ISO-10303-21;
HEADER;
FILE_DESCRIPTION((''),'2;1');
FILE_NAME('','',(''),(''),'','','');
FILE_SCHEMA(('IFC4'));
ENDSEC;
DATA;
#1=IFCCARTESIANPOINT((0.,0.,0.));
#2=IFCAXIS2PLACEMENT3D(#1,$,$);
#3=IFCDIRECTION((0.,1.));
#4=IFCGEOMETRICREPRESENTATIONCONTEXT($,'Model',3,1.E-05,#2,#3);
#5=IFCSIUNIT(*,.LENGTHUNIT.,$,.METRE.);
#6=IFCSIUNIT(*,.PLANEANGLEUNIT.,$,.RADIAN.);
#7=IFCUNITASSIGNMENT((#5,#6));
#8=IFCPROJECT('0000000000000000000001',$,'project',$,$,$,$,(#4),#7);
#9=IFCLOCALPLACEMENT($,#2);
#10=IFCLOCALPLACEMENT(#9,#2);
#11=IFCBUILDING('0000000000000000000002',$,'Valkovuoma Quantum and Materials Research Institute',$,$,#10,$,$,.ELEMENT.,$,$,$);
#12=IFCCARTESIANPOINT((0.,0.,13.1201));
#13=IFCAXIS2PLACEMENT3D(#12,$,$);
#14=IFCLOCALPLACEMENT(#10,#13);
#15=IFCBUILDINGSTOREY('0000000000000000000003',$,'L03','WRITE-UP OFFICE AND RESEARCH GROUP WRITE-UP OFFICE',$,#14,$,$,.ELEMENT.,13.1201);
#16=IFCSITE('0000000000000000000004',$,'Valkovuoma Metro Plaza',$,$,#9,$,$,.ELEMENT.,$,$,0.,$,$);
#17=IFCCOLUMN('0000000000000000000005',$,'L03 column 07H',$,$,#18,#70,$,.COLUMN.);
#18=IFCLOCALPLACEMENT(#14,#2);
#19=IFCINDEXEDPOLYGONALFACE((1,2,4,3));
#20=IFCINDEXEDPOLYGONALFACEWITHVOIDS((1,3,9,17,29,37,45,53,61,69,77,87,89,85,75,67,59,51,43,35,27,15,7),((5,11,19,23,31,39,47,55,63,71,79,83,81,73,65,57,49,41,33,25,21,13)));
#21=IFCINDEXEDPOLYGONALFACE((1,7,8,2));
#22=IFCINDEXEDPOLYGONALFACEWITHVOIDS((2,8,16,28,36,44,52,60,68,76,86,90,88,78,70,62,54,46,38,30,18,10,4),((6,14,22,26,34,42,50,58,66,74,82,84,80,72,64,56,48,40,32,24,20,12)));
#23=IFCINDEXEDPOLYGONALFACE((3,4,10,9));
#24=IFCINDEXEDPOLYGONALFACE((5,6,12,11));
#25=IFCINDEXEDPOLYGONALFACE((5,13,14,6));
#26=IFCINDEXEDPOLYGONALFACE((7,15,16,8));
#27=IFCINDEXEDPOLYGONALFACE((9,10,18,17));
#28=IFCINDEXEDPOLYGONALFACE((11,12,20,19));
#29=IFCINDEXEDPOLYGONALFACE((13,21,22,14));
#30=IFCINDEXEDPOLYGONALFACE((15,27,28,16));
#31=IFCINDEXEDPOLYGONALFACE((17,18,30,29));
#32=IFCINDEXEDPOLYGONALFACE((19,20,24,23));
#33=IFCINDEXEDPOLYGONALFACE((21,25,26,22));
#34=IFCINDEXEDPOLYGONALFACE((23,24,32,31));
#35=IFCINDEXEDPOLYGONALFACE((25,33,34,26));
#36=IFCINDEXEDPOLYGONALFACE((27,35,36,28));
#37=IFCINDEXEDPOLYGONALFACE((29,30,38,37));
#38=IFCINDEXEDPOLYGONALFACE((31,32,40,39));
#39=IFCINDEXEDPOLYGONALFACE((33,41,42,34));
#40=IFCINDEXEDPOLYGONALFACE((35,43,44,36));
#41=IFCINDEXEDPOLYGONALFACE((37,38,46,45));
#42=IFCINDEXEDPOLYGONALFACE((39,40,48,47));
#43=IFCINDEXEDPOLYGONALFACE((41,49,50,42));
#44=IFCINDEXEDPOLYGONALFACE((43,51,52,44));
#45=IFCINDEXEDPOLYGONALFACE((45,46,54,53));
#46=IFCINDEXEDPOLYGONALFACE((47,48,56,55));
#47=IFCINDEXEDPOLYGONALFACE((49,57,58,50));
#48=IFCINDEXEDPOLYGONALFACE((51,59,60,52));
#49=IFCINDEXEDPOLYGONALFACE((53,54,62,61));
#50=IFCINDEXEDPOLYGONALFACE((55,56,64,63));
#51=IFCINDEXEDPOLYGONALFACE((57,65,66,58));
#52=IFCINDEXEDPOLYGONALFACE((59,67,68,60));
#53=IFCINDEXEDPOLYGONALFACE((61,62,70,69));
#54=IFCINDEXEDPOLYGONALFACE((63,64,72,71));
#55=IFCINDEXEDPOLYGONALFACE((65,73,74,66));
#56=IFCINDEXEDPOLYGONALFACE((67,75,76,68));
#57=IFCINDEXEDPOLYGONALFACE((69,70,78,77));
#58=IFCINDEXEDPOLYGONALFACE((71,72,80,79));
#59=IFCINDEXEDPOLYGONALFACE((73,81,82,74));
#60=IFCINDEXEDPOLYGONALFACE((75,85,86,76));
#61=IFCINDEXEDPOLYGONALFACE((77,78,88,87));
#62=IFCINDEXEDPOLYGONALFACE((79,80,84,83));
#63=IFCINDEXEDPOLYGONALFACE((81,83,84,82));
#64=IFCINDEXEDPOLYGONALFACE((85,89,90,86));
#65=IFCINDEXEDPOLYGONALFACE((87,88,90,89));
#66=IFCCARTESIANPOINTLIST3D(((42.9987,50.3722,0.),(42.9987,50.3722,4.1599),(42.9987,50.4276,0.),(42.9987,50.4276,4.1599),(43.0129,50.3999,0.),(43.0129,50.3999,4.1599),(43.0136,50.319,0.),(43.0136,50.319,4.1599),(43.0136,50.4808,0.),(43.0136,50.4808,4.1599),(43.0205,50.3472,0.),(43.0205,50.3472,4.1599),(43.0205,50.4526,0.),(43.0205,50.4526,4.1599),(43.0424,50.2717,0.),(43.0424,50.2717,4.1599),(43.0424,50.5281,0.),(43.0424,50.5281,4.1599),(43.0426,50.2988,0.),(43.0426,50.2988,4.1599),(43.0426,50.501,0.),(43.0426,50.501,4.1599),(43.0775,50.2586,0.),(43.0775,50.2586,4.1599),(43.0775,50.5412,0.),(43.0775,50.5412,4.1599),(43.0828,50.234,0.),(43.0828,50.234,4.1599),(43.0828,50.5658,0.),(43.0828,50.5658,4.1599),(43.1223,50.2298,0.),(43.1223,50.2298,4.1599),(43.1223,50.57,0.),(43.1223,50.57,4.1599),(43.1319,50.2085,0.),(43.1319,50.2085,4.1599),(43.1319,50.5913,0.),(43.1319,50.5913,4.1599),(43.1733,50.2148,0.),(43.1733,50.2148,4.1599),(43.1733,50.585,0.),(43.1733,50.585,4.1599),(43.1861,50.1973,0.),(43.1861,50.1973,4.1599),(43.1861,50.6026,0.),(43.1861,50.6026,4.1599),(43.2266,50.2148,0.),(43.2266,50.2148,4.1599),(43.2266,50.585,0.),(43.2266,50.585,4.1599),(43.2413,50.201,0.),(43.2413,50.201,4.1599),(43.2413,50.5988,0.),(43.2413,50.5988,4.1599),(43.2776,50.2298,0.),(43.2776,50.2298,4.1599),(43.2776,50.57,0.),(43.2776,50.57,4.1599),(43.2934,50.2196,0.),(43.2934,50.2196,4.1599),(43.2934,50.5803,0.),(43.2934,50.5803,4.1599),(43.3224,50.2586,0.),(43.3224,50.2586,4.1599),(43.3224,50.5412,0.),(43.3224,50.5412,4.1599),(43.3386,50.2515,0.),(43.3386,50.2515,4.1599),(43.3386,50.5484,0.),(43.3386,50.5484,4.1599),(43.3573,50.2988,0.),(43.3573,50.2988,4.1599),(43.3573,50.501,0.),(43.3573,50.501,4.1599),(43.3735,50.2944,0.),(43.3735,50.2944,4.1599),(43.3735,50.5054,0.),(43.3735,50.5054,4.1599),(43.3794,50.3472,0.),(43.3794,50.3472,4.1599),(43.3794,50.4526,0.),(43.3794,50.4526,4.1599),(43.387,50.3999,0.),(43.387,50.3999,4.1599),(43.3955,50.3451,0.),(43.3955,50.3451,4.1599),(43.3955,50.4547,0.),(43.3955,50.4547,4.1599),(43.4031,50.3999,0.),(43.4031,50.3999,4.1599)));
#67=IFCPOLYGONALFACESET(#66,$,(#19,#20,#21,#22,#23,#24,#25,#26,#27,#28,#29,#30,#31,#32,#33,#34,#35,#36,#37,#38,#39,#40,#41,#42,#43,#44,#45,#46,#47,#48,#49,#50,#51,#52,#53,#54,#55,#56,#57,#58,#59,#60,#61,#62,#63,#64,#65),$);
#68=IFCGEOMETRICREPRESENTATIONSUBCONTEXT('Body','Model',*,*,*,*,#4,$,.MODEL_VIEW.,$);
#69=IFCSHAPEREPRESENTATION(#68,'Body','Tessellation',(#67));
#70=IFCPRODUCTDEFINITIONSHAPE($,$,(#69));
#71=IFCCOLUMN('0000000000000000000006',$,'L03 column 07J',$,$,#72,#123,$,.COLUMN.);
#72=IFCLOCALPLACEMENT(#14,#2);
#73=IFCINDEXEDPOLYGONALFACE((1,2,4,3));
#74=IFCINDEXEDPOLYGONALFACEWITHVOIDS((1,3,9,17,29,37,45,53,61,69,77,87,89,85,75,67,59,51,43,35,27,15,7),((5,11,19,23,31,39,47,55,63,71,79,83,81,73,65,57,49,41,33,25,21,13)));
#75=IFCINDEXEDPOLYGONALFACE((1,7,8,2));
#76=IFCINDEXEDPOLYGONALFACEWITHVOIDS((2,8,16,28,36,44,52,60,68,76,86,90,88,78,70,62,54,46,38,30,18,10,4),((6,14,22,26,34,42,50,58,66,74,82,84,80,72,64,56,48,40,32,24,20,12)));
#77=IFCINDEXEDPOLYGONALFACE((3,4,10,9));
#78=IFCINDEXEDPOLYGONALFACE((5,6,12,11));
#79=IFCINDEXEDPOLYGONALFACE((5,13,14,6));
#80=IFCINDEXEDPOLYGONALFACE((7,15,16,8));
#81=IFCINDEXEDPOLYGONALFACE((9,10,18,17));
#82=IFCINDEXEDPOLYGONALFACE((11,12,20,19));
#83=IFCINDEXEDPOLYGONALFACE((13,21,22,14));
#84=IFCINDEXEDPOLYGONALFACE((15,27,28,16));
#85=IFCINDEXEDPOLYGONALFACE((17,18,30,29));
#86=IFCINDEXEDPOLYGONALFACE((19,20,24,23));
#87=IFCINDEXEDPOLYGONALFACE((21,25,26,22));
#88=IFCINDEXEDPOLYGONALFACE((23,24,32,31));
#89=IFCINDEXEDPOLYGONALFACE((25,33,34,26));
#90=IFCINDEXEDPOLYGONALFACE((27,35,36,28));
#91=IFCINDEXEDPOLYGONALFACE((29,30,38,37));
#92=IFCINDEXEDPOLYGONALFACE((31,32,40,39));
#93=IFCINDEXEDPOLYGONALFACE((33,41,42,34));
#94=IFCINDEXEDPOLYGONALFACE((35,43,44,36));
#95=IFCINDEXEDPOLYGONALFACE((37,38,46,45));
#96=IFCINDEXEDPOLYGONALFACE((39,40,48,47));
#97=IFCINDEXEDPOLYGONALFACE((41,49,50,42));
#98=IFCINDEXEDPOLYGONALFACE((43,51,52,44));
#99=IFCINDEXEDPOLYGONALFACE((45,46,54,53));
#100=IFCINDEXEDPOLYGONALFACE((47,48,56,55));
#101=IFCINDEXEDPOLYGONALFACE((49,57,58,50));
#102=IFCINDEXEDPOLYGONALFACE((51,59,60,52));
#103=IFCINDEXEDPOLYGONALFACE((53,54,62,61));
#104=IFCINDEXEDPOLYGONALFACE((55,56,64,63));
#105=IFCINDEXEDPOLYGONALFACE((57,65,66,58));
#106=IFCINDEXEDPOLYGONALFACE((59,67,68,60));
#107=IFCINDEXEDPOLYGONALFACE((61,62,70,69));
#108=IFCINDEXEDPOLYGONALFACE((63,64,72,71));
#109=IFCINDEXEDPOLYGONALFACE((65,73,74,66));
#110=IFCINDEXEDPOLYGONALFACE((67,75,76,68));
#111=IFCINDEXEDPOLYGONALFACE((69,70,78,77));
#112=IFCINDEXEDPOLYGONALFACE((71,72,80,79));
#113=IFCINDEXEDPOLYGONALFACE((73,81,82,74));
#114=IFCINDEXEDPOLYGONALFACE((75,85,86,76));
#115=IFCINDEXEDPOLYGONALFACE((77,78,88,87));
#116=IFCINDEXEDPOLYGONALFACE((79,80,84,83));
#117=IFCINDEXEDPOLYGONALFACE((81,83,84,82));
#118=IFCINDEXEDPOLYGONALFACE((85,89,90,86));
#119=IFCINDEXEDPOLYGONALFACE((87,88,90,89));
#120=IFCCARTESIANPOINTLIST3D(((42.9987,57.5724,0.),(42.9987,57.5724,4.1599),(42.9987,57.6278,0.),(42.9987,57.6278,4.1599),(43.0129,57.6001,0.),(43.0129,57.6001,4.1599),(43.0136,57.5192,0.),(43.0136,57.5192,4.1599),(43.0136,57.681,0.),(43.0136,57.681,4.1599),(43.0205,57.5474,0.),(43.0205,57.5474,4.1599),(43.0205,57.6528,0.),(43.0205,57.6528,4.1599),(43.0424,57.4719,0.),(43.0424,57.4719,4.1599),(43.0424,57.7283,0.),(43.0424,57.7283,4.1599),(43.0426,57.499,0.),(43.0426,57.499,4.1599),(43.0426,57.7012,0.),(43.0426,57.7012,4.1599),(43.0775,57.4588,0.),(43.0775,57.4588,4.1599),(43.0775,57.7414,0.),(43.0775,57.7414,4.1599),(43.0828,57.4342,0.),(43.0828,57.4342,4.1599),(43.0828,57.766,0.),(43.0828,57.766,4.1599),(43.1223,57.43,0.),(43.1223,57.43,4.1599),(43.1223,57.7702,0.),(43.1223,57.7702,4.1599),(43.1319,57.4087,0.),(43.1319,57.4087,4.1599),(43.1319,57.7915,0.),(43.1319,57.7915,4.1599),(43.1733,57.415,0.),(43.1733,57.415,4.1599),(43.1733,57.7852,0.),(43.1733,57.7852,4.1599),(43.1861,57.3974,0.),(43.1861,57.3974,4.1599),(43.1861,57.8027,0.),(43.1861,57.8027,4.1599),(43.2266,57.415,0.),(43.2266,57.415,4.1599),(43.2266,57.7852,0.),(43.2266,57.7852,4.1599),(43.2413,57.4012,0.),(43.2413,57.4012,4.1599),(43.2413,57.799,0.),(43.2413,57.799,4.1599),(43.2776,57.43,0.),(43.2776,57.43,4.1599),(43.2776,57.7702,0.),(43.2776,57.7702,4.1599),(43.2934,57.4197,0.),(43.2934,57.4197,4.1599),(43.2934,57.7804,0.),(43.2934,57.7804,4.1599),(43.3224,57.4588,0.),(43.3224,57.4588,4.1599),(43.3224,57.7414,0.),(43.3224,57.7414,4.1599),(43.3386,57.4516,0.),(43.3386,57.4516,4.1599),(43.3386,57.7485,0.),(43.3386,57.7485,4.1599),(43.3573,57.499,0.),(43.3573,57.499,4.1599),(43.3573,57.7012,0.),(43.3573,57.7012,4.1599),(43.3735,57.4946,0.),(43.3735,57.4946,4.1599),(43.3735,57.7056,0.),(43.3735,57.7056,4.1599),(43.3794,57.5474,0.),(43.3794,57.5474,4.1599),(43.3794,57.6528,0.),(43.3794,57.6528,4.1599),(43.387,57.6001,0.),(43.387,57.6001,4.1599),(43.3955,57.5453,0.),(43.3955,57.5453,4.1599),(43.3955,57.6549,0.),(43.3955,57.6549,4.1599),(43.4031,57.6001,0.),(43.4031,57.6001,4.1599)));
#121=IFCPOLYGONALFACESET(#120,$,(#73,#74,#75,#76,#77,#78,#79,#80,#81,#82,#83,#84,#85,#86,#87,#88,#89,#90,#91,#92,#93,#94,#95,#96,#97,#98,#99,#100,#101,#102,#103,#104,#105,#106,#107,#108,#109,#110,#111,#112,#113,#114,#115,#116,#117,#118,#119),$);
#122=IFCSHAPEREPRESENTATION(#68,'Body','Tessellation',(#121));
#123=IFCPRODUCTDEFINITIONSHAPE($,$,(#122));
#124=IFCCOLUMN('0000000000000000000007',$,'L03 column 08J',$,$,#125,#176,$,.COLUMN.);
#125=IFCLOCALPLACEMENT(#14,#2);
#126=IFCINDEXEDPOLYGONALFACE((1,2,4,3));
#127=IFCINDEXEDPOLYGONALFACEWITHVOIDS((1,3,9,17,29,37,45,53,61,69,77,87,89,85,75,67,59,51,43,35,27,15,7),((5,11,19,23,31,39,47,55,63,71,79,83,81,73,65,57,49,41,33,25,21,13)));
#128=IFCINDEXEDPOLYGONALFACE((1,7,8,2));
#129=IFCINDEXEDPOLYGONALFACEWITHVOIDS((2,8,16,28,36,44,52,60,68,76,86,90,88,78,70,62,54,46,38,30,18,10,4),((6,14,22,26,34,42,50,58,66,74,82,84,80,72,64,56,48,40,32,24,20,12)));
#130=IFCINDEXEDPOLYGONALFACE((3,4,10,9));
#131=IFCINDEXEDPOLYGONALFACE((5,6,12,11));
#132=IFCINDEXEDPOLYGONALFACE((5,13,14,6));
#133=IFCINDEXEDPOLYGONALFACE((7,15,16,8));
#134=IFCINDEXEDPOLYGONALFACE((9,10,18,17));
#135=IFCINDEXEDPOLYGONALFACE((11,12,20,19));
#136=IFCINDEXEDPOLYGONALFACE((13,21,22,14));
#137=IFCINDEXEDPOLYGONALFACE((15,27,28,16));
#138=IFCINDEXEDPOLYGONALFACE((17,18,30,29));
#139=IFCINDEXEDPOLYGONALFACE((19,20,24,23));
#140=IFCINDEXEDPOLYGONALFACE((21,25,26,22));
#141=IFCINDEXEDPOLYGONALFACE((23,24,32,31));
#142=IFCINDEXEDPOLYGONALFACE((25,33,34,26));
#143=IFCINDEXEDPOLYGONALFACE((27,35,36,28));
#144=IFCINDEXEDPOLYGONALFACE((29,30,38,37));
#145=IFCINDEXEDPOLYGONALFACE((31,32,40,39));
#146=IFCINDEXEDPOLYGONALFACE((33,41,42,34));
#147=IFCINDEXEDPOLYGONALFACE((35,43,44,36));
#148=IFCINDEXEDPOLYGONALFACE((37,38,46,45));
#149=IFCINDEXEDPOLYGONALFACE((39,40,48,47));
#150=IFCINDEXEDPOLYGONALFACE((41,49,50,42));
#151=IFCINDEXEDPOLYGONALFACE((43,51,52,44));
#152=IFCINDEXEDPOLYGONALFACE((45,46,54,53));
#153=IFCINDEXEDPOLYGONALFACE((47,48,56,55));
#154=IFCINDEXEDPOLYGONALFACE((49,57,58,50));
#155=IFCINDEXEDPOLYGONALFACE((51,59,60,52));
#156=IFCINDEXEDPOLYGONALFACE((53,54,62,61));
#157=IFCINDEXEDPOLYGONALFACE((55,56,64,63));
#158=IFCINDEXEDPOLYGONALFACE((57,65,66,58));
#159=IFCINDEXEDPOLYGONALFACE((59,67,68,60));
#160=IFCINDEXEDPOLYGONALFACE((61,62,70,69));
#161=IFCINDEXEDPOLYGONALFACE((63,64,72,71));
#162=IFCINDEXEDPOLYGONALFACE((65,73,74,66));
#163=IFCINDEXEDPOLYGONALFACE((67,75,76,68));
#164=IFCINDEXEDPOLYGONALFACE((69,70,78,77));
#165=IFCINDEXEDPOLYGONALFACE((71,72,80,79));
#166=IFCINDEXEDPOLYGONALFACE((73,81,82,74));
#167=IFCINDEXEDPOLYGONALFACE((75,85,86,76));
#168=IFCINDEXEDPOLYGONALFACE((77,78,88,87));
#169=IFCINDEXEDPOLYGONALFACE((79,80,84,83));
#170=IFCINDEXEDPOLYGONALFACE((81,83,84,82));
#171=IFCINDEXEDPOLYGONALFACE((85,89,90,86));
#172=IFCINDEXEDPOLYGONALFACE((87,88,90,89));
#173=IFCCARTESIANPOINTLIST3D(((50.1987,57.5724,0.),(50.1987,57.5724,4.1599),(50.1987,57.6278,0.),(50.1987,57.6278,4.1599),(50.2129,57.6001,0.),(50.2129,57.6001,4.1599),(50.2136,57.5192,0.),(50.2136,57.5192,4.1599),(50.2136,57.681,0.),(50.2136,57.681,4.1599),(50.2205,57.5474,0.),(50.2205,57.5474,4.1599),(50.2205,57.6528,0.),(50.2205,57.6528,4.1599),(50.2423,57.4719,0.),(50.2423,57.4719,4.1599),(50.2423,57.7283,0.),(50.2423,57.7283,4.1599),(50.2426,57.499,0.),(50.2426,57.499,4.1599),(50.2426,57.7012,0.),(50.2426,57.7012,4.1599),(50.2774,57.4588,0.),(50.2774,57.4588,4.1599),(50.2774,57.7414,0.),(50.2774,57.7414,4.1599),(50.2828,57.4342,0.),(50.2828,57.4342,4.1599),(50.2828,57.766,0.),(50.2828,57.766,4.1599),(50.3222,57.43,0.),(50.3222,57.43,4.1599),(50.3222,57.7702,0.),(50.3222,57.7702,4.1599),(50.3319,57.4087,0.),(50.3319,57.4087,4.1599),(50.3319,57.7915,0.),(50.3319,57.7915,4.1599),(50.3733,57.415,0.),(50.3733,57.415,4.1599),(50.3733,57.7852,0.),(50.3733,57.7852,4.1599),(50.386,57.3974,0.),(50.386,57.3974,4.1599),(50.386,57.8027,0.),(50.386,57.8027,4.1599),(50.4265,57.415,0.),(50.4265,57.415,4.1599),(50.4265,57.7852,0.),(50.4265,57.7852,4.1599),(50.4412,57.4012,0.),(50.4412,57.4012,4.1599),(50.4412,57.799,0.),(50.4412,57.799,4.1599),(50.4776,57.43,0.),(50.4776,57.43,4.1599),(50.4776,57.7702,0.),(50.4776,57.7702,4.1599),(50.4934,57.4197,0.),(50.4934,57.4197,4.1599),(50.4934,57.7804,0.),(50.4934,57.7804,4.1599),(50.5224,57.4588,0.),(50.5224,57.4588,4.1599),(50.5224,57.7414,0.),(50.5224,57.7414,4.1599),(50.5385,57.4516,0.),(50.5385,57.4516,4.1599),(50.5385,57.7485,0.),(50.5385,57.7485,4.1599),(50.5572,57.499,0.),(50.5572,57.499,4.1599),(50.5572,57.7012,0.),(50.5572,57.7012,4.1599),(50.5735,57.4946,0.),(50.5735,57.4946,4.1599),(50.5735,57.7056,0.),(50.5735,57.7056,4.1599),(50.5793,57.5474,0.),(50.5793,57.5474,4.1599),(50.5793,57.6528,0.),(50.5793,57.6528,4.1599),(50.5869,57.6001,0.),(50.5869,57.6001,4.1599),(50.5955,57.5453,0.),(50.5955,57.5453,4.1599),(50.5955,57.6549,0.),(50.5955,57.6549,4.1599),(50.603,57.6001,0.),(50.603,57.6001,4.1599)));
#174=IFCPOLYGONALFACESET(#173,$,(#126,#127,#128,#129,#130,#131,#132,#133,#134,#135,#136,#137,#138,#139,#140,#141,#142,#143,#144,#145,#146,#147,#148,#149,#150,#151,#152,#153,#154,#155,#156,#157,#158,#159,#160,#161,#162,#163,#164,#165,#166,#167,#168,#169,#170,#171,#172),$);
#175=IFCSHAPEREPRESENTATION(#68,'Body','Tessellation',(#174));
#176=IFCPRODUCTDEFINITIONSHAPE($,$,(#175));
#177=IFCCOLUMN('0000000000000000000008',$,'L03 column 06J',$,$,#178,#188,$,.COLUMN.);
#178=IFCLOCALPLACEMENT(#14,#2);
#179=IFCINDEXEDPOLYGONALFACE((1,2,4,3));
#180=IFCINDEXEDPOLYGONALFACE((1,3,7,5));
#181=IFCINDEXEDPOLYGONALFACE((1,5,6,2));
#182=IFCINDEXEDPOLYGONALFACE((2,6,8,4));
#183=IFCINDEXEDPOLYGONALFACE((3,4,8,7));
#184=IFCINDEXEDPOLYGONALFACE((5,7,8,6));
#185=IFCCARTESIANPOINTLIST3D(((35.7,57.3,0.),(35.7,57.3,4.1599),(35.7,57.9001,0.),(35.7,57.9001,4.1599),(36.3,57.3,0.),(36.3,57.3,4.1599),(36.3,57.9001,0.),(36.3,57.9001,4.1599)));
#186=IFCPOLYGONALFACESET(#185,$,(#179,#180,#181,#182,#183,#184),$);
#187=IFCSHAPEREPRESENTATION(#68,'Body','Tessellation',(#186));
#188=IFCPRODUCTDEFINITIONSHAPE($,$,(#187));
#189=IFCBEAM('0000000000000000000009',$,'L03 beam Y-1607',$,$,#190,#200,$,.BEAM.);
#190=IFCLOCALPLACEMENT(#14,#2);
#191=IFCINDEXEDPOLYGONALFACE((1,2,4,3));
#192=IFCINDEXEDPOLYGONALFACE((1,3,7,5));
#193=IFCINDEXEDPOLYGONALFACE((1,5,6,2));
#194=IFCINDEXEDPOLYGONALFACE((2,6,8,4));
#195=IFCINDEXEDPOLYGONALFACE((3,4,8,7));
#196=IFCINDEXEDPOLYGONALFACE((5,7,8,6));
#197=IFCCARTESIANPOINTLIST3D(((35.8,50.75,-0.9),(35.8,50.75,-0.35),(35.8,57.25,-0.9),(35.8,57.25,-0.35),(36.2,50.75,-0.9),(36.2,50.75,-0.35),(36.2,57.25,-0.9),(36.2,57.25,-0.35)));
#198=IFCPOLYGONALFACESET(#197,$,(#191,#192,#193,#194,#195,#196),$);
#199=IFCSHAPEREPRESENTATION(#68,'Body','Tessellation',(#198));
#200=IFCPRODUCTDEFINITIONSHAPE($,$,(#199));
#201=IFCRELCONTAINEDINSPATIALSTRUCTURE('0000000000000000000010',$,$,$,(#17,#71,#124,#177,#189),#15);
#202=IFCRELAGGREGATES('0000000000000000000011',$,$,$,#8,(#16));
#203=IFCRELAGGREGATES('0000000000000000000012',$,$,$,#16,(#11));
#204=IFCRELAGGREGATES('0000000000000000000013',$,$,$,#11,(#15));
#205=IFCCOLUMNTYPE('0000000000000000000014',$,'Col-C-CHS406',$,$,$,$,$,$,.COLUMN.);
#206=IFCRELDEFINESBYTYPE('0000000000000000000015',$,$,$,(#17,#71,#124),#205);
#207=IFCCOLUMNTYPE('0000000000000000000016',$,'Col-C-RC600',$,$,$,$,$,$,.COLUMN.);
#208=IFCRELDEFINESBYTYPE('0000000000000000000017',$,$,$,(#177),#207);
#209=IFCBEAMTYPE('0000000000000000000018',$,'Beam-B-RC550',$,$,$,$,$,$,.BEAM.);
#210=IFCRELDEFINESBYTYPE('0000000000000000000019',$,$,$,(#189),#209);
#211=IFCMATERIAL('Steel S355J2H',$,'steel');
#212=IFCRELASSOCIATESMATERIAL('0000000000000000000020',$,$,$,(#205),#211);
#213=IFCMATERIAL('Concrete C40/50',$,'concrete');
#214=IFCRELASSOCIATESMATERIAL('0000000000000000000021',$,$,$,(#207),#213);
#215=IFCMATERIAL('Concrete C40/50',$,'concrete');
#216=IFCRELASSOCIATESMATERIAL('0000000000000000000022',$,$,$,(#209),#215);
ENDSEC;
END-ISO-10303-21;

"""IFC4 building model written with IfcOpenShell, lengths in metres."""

from ifc_helpers import new_model, si_unit, direction, frame, origin, origin_2d, place, context, subcontext, project, spatial, rectangle, hollow_circle, extrude, material, material_profile, profile_set, type_object, element, save


model = new_model("IFC4")

# Units and contexts
model_context = context("Model", 3, precision=1e-05, world=origin(), true_north=direction((0.0, 1.0)))
body_context = subcontext(model_context, "Body", "Model", "MODEL_VIEW")
ifc_project = project(units=[si_unit("LENGTHUNIT", "METRE"), si_unit("PLANEANGLEUNIT", "RADIAN")], contexts=[model_context])

# Site, building, storey
site_placement = place(None, origin())
site = spatial("IfcSite", under=ifc_project, at=site_placement, Name="Valkovuoma Metro Plaza", CompositionType="ELEMENT", RefElevation=0.0)
building_placement = place(site_placement, origin())
building = spatial("IfcBuilding", under=site, at=building_placement, Name="Valkovuoma Quantum and Materials Research Institute", CompositionType="ELEMENT")
storey_placement = place(building_placement, frame((0.0, 0.0, 13.1201)))
storey = spatial("IfcBuildingStorey", under=building, at=storey_placement, Name="L03", Description="WRITE-UP OFFICE AND RESEARCH GROUP WRITE-UP OFFICE", CompositionType="ELEMENT", Elevation=13.1201)

# Columns
ifc_material_1 = material(Name="Steel S355J2H", Category="steel")
ifc_material_profile_1 = material_profile(ifc_material_1, hollow_circle(Radius=0.2031, WallThickness=0.0161, at=origin_2d()), Name="Steel S355J2H")
ifc_profile_set_1 = profile_set([ifc_material_profile_1], Name="Steel S355J2H")
column_type_1 = type_object("IfcColumnType", Name="Col-C-CHS406", PredefinedType="COLUMN", material=ifc_profile_set_1)
for number, where, z_axis, x_axis, name in (
    (1, (43.2, 50.3999, 0.0), (0.0, 0.0, 1.0), (1.0, 0.0, 0.0), "L03 column 07H"),
    (2, (43.2, 57.6001, 0.0), (0.0, 0.0, 1.0), (1.0, 0.0, 0.0), "L03 column 07J"),
    (3, (50.3999, 57.6001, 0.0), (0.0, 0.0, 1.0), (1.0, 0.0, 0.0), "L03 column 08J"),
):
    element("IfcColumn", number, at=place(storey_placement, frame(where, z_axis=z_axis, x_axis=x_axis)), inside=storey, type_object=column_type_1, Name=name, PredefinedType="COLUMN", context=body_context, shape_type="SweptSolid", body=[
        extrude(hollow_circle(Radius=0.2031, WallThickness=0.0161, at=origin_2d()), origin(), (0.0, 0.0, 1.0), 4.1599),
    ])
ifc_material_2 = material(Name="Concrete C40/50", Category="concrete")
ifc_material_profile_2 = material_profile(ifc_material_2, rectangle(XDim=0.6001, YDim=0.6001, at=origin_2d()), Name="Concrete C40/50")
ifc_profile_set_2 = profile_set([ifc_material_profile_2], Name="Concrete C40/50")
column_type_2 = type_object("IfcColumnType", Name="Col-C-RC600", PredefinedType="COLUMN", material=ifc_profile_set_2)
column_placement = place(storey_placement, frame((36.0, 57.6001, 0.0), z_axis=(0.0, 0.0, 1.0), x_axis=(1.0, 0.0, 0.0)))
element("IfcColumn", 4, at=column_placement, inside=storey, type_object=column_type_2, Name="L03 column 06J", PredefinedType="COLUMN", context=body_context, shape_type="SweptSolid", body=[
    extrude(rectangle(XDim=0.6001, YDim=0.6001, at=origin_2d()), origin(), (0.0, 0.0, 1.0), 4.1599),
])

# Beam
ifc_material_3 = material(Name="Concrete C40/50", Category="concrete")
ifc_material_profile_3 = material_profile(ifc_material_3, rectangle(XDim=0.3999, YDim=0.55, at=origin_2d()), Name="Concrete C40/50")
ifc_profile_set_3 = profile_set([ifc_material_profile_3], Name="Concrete C40/50")
beam_type_1 = type_object("IfcBeamType", Name="Beam-B-RC550", PredefinedType="BEAM", material=ifc_profile_set_3)
beam_1_placement = place(storey_placement, frame((36.0, 50.75, -0.625), z_axis=(0.0, 1.0, 0.0), x_axis=(-1.0, 0.0, 0.0)))
element("IfcBeam", 5, at=beam_1_placement, inside=storey, type_object=beam_type_1, Name="L03 beam Y-1607", PredefinedType="BEAM", context=body_context, shape_type="SweptSolid", body=[
    extrude(rectangle(XDim=0.3999, YDim=0.55, at=origin_2d()), origin(), (0.0, 0.0, 1.0), 6.5),
])

save(model, "model.ifc")
